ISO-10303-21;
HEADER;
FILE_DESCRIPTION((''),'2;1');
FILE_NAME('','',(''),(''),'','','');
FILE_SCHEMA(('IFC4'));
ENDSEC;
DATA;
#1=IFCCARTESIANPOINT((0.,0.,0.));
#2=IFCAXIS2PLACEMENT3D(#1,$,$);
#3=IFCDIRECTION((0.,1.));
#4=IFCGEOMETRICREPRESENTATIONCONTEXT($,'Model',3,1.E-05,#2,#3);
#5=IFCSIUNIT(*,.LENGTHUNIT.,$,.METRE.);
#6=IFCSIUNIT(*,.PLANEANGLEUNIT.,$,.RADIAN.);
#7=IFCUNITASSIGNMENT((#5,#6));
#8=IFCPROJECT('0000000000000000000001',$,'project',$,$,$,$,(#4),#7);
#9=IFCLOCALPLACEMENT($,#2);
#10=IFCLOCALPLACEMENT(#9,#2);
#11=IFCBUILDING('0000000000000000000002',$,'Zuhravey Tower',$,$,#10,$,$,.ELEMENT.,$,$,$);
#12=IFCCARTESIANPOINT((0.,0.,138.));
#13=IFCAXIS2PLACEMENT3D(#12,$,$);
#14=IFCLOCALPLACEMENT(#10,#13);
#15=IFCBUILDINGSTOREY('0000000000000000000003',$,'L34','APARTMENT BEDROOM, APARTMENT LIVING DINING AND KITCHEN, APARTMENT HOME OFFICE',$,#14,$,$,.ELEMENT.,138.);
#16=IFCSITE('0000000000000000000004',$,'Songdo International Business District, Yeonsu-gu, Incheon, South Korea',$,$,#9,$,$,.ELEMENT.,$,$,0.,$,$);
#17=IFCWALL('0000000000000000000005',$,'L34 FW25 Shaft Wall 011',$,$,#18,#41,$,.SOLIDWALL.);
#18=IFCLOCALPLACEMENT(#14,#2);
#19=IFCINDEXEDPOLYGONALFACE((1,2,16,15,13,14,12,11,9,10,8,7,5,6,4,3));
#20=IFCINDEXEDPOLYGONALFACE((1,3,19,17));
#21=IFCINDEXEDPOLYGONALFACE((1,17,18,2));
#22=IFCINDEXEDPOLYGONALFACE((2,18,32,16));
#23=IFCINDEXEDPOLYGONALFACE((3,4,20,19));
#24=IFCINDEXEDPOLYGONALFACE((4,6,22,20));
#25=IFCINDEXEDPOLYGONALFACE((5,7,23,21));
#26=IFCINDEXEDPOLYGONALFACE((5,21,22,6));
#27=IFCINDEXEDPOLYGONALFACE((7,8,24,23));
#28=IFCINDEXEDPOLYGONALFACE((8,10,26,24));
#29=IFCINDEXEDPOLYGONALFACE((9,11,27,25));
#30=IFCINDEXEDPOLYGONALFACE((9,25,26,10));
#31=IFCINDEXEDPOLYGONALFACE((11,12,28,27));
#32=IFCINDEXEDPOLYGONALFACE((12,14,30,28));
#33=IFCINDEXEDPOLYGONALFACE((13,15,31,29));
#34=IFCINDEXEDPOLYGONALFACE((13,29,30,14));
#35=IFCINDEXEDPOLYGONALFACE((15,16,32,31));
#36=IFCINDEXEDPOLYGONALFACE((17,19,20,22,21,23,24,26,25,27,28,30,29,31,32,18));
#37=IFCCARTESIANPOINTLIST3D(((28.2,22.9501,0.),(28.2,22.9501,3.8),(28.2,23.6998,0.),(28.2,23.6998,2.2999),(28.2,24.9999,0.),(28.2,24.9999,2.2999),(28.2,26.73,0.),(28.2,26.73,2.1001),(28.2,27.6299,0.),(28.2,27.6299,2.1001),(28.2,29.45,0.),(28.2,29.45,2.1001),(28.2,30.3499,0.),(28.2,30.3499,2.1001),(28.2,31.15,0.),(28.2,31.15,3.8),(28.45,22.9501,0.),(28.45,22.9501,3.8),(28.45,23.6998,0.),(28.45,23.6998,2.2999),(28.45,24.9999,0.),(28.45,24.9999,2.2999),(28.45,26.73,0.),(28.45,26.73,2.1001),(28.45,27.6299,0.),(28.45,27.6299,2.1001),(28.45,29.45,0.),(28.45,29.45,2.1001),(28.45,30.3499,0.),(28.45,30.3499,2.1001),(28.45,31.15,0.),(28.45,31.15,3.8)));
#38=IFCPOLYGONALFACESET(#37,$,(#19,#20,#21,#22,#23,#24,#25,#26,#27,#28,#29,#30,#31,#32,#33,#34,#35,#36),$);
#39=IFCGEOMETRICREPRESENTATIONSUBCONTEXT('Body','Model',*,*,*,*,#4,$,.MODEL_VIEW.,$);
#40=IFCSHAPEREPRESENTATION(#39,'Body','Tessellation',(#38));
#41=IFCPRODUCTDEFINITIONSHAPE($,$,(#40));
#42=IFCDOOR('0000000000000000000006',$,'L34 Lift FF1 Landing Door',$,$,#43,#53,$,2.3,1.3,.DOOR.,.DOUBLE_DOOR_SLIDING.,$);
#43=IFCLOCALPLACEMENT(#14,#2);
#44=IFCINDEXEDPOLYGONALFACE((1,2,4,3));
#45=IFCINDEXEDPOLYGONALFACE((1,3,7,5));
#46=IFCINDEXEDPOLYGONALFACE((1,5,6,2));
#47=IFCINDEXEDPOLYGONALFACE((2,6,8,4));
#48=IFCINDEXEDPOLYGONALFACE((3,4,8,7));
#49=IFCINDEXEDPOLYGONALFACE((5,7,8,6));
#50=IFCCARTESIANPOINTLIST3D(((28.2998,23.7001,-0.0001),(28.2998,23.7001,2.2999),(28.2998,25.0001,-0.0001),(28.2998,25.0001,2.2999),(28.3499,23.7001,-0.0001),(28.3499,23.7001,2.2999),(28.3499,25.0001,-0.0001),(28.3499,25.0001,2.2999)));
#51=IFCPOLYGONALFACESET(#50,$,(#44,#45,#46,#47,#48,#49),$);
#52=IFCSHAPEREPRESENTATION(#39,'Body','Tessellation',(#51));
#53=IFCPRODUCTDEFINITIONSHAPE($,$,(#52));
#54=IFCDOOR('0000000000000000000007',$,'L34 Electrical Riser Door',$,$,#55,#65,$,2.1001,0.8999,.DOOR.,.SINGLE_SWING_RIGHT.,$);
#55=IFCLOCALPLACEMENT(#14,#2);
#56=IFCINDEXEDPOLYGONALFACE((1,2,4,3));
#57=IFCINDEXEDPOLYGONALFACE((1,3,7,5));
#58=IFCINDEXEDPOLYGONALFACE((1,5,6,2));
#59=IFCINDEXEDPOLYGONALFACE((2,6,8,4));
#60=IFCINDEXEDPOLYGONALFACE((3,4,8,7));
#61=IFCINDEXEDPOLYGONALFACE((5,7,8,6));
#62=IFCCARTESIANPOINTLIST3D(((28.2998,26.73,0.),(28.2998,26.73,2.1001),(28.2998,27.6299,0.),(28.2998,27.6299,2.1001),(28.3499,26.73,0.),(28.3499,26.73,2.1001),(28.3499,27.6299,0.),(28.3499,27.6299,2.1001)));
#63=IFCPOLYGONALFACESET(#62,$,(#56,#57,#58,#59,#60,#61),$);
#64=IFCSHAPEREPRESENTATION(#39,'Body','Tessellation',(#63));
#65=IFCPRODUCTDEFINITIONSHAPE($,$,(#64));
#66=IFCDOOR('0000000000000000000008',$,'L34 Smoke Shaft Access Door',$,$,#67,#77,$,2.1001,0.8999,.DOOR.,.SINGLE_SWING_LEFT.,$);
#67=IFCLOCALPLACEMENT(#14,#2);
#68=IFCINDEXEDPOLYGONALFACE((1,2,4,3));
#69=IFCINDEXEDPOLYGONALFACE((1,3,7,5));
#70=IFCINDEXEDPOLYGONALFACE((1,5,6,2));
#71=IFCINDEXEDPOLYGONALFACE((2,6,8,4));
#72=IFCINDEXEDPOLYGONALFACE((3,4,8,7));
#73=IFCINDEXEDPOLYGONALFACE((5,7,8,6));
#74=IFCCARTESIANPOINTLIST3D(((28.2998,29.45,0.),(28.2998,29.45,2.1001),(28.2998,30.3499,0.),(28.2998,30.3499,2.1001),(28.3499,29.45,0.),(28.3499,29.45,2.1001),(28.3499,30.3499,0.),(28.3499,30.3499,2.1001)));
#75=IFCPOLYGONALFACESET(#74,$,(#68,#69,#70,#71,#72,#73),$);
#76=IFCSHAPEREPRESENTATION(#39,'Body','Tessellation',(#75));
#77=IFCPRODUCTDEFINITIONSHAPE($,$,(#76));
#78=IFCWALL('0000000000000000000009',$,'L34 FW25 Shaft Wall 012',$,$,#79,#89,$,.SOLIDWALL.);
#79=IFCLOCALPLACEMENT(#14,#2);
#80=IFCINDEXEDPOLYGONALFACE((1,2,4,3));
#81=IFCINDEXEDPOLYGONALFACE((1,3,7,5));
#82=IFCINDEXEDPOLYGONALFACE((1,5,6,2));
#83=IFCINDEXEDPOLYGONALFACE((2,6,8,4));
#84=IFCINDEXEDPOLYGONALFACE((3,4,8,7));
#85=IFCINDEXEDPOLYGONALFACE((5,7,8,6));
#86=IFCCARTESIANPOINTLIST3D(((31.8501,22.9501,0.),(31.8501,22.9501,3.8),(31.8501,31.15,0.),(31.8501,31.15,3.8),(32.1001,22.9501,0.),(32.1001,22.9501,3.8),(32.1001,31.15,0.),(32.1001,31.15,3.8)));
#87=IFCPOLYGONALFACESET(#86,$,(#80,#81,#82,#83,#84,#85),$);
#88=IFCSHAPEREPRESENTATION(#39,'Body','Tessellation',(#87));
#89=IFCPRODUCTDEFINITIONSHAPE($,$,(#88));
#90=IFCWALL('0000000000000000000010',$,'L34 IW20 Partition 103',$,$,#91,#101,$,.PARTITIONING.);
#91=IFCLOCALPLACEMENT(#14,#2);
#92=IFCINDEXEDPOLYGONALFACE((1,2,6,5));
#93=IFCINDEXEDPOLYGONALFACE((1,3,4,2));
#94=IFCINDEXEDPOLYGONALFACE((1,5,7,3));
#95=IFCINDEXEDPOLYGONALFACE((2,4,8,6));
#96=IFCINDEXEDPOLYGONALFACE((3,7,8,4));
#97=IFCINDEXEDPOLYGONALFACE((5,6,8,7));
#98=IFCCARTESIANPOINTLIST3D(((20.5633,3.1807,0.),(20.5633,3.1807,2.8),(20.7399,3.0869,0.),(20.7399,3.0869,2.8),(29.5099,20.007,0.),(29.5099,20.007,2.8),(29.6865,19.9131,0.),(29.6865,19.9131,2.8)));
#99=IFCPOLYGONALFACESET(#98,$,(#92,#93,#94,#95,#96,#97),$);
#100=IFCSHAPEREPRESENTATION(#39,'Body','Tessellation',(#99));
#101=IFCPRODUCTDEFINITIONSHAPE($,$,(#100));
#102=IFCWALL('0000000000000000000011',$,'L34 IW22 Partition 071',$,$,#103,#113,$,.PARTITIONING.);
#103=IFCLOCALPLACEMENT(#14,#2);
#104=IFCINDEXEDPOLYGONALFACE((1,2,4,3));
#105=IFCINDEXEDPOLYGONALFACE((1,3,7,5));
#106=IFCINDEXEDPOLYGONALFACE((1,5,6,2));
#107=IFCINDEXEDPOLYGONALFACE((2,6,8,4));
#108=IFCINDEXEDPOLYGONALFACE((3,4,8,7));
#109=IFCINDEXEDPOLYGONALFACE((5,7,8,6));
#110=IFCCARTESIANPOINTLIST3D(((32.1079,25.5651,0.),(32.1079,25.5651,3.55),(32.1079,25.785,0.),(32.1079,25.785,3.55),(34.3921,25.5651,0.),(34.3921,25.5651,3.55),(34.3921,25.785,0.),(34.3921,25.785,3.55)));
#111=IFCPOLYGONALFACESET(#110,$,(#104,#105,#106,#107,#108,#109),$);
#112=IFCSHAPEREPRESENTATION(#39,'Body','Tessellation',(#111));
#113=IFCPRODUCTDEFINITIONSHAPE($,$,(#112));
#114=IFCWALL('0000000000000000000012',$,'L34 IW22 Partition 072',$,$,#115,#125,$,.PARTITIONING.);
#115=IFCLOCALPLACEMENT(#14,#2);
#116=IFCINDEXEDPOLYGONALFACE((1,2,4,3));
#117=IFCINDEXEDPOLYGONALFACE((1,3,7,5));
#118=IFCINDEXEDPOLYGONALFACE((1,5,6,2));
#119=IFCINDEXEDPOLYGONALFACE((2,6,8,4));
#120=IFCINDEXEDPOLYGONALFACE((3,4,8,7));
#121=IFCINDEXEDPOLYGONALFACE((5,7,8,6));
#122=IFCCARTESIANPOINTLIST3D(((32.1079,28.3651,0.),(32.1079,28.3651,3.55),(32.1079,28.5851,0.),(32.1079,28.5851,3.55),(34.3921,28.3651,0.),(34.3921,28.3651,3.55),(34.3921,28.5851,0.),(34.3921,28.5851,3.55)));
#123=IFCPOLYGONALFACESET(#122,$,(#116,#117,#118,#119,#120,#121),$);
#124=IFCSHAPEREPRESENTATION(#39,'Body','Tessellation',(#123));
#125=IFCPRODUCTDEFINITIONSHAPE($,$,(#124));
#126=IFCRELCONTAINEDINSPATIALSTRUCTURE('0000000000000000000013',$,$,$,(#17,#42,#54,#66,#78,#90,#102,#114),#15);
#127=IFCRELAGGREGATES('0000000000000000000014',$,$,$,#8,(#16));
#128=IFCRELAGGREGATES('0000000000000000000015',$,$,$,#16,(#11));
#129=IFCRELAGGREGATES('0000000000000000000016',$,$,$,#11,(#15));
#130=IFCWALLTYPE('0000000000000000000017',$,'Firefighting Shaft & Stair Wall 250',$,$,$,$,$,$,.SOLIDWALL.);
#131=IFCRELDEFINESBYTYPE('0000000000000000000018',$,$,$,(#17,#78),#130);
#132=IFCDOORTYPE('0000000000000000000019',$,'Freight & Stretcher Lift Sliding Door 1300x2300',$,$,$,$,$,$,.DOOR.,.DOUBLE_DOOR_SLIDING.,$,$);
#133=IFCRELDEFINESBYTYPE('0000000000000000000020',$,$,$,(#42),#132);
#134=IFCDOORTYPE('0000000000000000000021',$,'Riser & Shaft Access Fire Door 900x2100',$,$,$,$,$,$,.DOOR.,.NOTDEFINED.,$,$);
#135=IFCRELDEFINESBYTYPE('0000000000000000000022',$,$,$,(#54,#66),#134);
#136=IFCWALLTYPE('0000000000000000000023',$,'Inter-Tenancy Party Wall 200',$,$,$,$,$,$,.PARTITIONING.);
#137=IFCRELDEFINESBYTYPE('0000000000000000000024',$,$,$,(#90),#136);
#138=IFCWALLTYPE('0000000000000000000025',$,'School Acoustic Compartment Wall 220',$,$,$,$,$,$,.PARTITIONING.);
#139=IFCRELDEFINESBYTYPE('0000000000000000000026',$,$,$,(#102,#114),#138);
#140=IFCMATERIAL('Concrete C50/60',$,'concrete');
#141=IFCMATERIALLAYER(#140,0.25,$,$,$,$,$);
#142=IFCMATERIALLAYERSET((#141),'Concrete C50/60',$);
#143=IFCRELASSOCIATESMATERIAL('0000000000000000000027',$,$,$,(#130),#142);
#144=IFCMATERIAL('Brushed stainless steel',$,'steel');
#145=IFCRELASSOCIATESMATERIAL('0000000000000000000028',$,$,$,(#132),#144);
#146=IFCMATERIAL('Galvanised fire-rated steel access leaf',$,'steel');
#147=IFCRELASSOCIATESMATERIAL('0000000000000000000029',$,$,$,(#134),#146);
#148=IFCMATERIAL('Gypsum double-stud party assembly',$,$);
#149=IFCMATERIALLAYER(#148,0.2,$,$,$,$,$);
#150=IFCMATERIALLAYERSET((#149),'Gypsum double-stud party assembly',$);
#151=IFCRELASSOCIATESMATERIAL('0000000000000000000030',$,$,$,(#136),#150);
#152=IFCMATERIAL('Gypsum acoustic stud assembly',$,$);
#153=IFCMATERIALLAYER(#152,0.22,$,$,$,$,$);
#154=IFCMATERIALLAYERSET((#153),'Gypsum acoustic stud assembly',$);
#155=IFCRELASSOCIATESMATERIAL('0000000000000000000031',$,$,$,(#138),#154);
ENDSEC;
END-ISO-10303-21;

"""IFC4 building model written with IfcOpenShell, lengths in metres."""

from ifc_helpers import new_model, si_unit, direction, frame, frame_2d, origin, place, context, subcontext, project, spatial, rectangle, extrude, material, layer, layer_set, type_object, element, fill, save


model = new_model("IFC4")

# Units and contexts
model_context = context("Model", 3, precision=1e-05, world=origin(), true_north=direction((0.0, 1.0)))
body_context = subcontext(model_context, "Body", "Model", "MODEL_VIEW")
ifc_project = project(units=[si_unit("LENGTHUNIT", "METRE"), si_unit("PLANEANGLEUNIT", "RADIAN")], contexts=[model_context])

# Site, building, storey
site_placement = place(None, origin())
site = spatial("IfcSite", under=ifc_project, at=site_placement, Name="Songdo International Business District, Yeonsu-gu, Incheon, South Korea", CompositionType="ELEMENT", RefElevation=0.0)
building_placement = place(site_placement, origin())
building = spatial("IfcBuilding", under=site, at=building_placement, Name="Zuhravey Tower", CompositionType="ELEMENT")
storey_placement = place(building_placement, frame((0.0, 0.0, 138.0)))
storey = spatial("IfcBuildingStorey", under=building, at=storey_placement, Name="L34", Description="APARTMENT BEDROOM, APARTMENT LIVING DINING AND KITCHEN, APARTMENT HOME OFFICE", CompositionType="ELEMENT", Elevation=138.0)

# Shared definitions
ifc_material_1 = material(Name="Concrete C50/60", Category="concrete")
ifc_layer_1 = layer(ifc_material_1, 0.25)
ifc_layer_set_1 = layer_set([ifc_layer_1], Name="Concrete C50/60")
wall_type_1 = type_object("IfcWallType", Name="Firefighting Shaft & Stair Wall 250", PredefinedType="SOLIDWALL", material=ifc_layer_set_1)

# Wall, openings, doors
wall_1_placement = place(storey_placement, frame((28.325, 22.95, 0.0), z_axis=(0.0, 0.0, 1.0), x_axis=(0.0, 1.0, 0.0)))
wall_1 = element("IfcWall", 1, at=wall_1_placement, inside=storey, type_object=wall_type_1, Name="L34 FW25 Shaft Wall 011", PredefinedType="SOLIDWALL", context=body_context, shape_type="SweptSolid", body=[
    extrude(rectangle(XDim=8.2, YDim=0.25, at=frame_2d((4.1001, 0.0))), origin(), (0.0, 0.0, 1.0), 3.8),
])
opening_1_placement = place(wall_1_placement, frame((0.75, 0.0, 0.0)))
opening_1 = element("IfcOpeningElement", 2, at=opening_1_placement, cuts=wall_1, PredefinedType="OPENING", context=body_context, shape_type="SweptSolid", body=[
    extrude(rectangle(XDim=1.3, YDim=2.3, at=frame_2d((0.6499, 1.1499))), frame((0.0, 0.137, 0.0), z_axis=(0.0, -1.0, 0.0), x_axis=(1.0, 0.0, 0.0)), (0.0, 0.0, 1.0), 0.2739),
])
opening_2_placement = place(wall_1_placement, frame((3.78, 0.0, 0.0)))
opening_2 = element("IfcOpeningElement", 3, at=opening_2_placement, cuts=wall_1, PredefinedType="OPENING", context=body_context, shape_type="SweptSolid", body=[
    extrude(rectangle(XDim=0.8999, YDim=2.1001, at=frame_2d((0.45, 1.05))), frame((0.0, 0.137, 0.0), z_axis=(0.0, -1.0, 0.0), x_axis=(1.0, 0.0, 0.0)), (0.0, 0.0, 1.0), 0.2739),
])
opening_3_placement = place(wall_1_placement, frame((6.5, 0.0, 0.0)))
opening_3 = element("IfcOpeningElement", 4, at=opening_3_placement, cuts=wall_1, PredefinedType="OPENING", context=body_context, shape_type="SweptSolid", body=[
    extrude(rectangle(XDim=0.8999, YDim=2.1001, at=frame_2d((0.45, 1.05))), frame((0.0, 0.137, 0.0), z_axis=(0.0, -1.0, 0.0), x_axis=(1.0, 0.0, 0.0)), (0.0, 0.0, 1.0), 0.2739),
])
ifc_material_2 = material(Name="Brushed stainless steel", Category="steel")
door_type_1 = type_object("IfcDoorType", Name="Freight & Stretcher Lift Sliding Door 1300x2300", OperationType="DOUBLE_DOOR_SLIDING", PredefinedType="DOOR", material=ifc_material_2)
door_1_placement = place(opening_1_placement, frame((1.3, 0.0, 0.0), z_axis=(0.0, 0.0, 1.0), x_axis=(-1.0, 0.0, 0.0)))
door_1 = element("IfcDoor", 5, at=door_1_placement, inside=storey, type_object=door_type_1, Name="L34 Lift FF1 Landing Door", OperationType="DOUBLE_DOOR_SLIDING", OverallHeight=2.3, OverallWidth=1.3, PredefinedType="DOOR", context=body_context, shape_type="SweptSolid", body=[
    extrude(rectangle(XDim=1.3, YDim=2.3, at=frame_2d((0.6499, 1.1499))), frame((0.0, 0.0249, 0.0), z_axis=(0.0, -1.0, 0.0), x_axis=(1.0, 0.0, 0.0)), (0.0, 0.0, 1.0), 0.05),
])
fill(opening_1, door_1)
ifc_material_3 = material(Name="Galvanised fire-rated steel access leaf", Category="steel")
door_type_2 = type_object("IfcDoorType", Name="Riser & Shaft Access Fire Door 900x2100", OperationType="NOTDEFINED", PredefinedType="DOOR", material=ifc_material_3)
door_2_placement = place(opening_2_placement, frame((0.8999, 0.0, 0.0), z_axis=(0.0, 0.0, 1.0), x_axis=(-1.0, 0.0, 0.0)))
door_2 = element("IfcDoor", 6, at=door_2_placement, inside=storey, type_object=door_type_2, Name="L34 Electrical Riser Door", OperationType="SINGLE_SWING_RIGHT", OverallHeight=2.1001, OverallWidth=0.8999, PredefinedType="DOOR", context=body_context, shape_type="SweptSolid", body=[
    extrude(rectangle(XDim=0.8999, YDim=2.1001, at=frame_2d((0.45, 1.05))), frame((0.0, 0.0249, 0.0), z_axis=(0.0, -1.0, 0.0), x_axis=(1.0, 0.0, 0.0)), (0.0, 0.0, 1.0), 0.05),
])
fill(opening_2, door_2)
door_3_placement = place(opening_3_placement, frame((0.8999, 0.0, 0.0), z_axis=(0.0, 0.0, 1.0), x_axis=(-1.0, 0.0, 0.0)))
door_3 = element("IfcDoor", 7, at=door_3_placement, inside=storey, type_object=door_type_2, Name="L34 Smoke Shaft Access Door", OperationType="SINGLE_SWING_LEFT", OverallHeight=2.1001, OverallWidth=0.8999, PredefinedType="DOOR", context=body_context, shape_type="SweptSolid", body=[
    extrude(rectangle(XDim=0.8999, YDim=2.1001, at=frame_2d((0.45, 1.05))), frame((0.0, 0.0249, 0.0), z_axis=(0.0, -1.0, 0.0), x_axis=(1.0, 0.0, 0.0)), (0.0, 0.0, 1.0), 0.05),
])
fill(opening_3, door_3)

# Walls
wall_2_placement = place(storey_placement, frame((31.9751, 22.95, 0.0), z_axis=(0.0, 0.0, 1.0), x_axis=(0.0, 1.0, 0.0)))
element("IfcWall", 8, at=wall_2_placement, inside=storey, type_object=wall_type_1, Name="L34 FW25 Shaft Wall 012", PredefinedType="SOLIDWALL", context=body_context, shape_type="SweptSolid", body=[
    extrude(rectangle(XDim=8.2, YDim=0.25, at=frame_2d((4.1001, 0.0))), origin(), (0.0, 0.0, 1.0), 3.8),
])
ifc_material_4 = material(Name="Gypsum double-stud party assembly")
ifc_layer_2 = layer(ifc_material_4, 0.2)
ifc_layer_set_2 = layer_set([ifc_layer_2], Name="Gypsum double-stud party assembly")
wall_type_2 = type_object("IfcWallType", Name="Inter-Tenancy Party Wall 200", PredefinedType="PARTITIONING", material=ifc_layer_set_2)
wall_3_placement = place(storey_placement, frame((29.5981, 19.96, 0.0), z_axis=(0.0, 0.0, 1.0), x_axis=(-0.469467, -0.88295, 0.0)))
element("IfcWall", 9, at=wall_3_placement, inside=storey, type_object=wall_type_2, Name="L34 IW20 Partition 103", PredefinedType="PARTITIONING", context=body_context, shape_type="SweptSolid", body=[
    extrude(rectangle(XDim=19.0569, YDim=0.2, at=frame_2d((9.5283, 0.0))), origin(), (0.0, 0.0, 1.0), 2.8),
])
ifc_material_5 = material(Name="Gypsum acoustic stud assembly")
ifc_layer_3 = layer(ifc_material_5, 0.22)
ifc_layer_set_3 = layer_set([ifc_layer_3], Name="Gypsum acoustic stud assembly")
wall_type_3 = type_object("IfcWallType", Name="School Acoustic Compartment Wall 220", PredefinedType="PARTITIONING", material=ifc_layer_set_3)
for number, where, z_axis, x_axis, name in (
    (10, (32.1079, 25.675, 0.0), (0.0, 0.0, 1.0), (1.0, 0.0, 0.0), "L34 IW22 Partition 071"),
    (11, (32.1079, 28.4751, 0.0), (0.0, 0.0, 1.0), (1.0, 0.0, 0.0), "L34 IW22 Partition 072"),
):
    element("IfcWall", number, at=place(storey_placement, frame(where, z_axis=z_axis, x_axis=x_axis)), inside=storey, type_object=wall_type_3, Name=name, PredefinedType="PARTITIONING", context=body_context, shape_type="SweptSolid", body=[
        extrude(rectangle(XDim=2.2842, YDim=0.22, at=frame_2d((1.1421, 0.0))), origin(), (0.0, 0.0, 1.0), 3.55),
    ])

save(model, "model.ifc")
